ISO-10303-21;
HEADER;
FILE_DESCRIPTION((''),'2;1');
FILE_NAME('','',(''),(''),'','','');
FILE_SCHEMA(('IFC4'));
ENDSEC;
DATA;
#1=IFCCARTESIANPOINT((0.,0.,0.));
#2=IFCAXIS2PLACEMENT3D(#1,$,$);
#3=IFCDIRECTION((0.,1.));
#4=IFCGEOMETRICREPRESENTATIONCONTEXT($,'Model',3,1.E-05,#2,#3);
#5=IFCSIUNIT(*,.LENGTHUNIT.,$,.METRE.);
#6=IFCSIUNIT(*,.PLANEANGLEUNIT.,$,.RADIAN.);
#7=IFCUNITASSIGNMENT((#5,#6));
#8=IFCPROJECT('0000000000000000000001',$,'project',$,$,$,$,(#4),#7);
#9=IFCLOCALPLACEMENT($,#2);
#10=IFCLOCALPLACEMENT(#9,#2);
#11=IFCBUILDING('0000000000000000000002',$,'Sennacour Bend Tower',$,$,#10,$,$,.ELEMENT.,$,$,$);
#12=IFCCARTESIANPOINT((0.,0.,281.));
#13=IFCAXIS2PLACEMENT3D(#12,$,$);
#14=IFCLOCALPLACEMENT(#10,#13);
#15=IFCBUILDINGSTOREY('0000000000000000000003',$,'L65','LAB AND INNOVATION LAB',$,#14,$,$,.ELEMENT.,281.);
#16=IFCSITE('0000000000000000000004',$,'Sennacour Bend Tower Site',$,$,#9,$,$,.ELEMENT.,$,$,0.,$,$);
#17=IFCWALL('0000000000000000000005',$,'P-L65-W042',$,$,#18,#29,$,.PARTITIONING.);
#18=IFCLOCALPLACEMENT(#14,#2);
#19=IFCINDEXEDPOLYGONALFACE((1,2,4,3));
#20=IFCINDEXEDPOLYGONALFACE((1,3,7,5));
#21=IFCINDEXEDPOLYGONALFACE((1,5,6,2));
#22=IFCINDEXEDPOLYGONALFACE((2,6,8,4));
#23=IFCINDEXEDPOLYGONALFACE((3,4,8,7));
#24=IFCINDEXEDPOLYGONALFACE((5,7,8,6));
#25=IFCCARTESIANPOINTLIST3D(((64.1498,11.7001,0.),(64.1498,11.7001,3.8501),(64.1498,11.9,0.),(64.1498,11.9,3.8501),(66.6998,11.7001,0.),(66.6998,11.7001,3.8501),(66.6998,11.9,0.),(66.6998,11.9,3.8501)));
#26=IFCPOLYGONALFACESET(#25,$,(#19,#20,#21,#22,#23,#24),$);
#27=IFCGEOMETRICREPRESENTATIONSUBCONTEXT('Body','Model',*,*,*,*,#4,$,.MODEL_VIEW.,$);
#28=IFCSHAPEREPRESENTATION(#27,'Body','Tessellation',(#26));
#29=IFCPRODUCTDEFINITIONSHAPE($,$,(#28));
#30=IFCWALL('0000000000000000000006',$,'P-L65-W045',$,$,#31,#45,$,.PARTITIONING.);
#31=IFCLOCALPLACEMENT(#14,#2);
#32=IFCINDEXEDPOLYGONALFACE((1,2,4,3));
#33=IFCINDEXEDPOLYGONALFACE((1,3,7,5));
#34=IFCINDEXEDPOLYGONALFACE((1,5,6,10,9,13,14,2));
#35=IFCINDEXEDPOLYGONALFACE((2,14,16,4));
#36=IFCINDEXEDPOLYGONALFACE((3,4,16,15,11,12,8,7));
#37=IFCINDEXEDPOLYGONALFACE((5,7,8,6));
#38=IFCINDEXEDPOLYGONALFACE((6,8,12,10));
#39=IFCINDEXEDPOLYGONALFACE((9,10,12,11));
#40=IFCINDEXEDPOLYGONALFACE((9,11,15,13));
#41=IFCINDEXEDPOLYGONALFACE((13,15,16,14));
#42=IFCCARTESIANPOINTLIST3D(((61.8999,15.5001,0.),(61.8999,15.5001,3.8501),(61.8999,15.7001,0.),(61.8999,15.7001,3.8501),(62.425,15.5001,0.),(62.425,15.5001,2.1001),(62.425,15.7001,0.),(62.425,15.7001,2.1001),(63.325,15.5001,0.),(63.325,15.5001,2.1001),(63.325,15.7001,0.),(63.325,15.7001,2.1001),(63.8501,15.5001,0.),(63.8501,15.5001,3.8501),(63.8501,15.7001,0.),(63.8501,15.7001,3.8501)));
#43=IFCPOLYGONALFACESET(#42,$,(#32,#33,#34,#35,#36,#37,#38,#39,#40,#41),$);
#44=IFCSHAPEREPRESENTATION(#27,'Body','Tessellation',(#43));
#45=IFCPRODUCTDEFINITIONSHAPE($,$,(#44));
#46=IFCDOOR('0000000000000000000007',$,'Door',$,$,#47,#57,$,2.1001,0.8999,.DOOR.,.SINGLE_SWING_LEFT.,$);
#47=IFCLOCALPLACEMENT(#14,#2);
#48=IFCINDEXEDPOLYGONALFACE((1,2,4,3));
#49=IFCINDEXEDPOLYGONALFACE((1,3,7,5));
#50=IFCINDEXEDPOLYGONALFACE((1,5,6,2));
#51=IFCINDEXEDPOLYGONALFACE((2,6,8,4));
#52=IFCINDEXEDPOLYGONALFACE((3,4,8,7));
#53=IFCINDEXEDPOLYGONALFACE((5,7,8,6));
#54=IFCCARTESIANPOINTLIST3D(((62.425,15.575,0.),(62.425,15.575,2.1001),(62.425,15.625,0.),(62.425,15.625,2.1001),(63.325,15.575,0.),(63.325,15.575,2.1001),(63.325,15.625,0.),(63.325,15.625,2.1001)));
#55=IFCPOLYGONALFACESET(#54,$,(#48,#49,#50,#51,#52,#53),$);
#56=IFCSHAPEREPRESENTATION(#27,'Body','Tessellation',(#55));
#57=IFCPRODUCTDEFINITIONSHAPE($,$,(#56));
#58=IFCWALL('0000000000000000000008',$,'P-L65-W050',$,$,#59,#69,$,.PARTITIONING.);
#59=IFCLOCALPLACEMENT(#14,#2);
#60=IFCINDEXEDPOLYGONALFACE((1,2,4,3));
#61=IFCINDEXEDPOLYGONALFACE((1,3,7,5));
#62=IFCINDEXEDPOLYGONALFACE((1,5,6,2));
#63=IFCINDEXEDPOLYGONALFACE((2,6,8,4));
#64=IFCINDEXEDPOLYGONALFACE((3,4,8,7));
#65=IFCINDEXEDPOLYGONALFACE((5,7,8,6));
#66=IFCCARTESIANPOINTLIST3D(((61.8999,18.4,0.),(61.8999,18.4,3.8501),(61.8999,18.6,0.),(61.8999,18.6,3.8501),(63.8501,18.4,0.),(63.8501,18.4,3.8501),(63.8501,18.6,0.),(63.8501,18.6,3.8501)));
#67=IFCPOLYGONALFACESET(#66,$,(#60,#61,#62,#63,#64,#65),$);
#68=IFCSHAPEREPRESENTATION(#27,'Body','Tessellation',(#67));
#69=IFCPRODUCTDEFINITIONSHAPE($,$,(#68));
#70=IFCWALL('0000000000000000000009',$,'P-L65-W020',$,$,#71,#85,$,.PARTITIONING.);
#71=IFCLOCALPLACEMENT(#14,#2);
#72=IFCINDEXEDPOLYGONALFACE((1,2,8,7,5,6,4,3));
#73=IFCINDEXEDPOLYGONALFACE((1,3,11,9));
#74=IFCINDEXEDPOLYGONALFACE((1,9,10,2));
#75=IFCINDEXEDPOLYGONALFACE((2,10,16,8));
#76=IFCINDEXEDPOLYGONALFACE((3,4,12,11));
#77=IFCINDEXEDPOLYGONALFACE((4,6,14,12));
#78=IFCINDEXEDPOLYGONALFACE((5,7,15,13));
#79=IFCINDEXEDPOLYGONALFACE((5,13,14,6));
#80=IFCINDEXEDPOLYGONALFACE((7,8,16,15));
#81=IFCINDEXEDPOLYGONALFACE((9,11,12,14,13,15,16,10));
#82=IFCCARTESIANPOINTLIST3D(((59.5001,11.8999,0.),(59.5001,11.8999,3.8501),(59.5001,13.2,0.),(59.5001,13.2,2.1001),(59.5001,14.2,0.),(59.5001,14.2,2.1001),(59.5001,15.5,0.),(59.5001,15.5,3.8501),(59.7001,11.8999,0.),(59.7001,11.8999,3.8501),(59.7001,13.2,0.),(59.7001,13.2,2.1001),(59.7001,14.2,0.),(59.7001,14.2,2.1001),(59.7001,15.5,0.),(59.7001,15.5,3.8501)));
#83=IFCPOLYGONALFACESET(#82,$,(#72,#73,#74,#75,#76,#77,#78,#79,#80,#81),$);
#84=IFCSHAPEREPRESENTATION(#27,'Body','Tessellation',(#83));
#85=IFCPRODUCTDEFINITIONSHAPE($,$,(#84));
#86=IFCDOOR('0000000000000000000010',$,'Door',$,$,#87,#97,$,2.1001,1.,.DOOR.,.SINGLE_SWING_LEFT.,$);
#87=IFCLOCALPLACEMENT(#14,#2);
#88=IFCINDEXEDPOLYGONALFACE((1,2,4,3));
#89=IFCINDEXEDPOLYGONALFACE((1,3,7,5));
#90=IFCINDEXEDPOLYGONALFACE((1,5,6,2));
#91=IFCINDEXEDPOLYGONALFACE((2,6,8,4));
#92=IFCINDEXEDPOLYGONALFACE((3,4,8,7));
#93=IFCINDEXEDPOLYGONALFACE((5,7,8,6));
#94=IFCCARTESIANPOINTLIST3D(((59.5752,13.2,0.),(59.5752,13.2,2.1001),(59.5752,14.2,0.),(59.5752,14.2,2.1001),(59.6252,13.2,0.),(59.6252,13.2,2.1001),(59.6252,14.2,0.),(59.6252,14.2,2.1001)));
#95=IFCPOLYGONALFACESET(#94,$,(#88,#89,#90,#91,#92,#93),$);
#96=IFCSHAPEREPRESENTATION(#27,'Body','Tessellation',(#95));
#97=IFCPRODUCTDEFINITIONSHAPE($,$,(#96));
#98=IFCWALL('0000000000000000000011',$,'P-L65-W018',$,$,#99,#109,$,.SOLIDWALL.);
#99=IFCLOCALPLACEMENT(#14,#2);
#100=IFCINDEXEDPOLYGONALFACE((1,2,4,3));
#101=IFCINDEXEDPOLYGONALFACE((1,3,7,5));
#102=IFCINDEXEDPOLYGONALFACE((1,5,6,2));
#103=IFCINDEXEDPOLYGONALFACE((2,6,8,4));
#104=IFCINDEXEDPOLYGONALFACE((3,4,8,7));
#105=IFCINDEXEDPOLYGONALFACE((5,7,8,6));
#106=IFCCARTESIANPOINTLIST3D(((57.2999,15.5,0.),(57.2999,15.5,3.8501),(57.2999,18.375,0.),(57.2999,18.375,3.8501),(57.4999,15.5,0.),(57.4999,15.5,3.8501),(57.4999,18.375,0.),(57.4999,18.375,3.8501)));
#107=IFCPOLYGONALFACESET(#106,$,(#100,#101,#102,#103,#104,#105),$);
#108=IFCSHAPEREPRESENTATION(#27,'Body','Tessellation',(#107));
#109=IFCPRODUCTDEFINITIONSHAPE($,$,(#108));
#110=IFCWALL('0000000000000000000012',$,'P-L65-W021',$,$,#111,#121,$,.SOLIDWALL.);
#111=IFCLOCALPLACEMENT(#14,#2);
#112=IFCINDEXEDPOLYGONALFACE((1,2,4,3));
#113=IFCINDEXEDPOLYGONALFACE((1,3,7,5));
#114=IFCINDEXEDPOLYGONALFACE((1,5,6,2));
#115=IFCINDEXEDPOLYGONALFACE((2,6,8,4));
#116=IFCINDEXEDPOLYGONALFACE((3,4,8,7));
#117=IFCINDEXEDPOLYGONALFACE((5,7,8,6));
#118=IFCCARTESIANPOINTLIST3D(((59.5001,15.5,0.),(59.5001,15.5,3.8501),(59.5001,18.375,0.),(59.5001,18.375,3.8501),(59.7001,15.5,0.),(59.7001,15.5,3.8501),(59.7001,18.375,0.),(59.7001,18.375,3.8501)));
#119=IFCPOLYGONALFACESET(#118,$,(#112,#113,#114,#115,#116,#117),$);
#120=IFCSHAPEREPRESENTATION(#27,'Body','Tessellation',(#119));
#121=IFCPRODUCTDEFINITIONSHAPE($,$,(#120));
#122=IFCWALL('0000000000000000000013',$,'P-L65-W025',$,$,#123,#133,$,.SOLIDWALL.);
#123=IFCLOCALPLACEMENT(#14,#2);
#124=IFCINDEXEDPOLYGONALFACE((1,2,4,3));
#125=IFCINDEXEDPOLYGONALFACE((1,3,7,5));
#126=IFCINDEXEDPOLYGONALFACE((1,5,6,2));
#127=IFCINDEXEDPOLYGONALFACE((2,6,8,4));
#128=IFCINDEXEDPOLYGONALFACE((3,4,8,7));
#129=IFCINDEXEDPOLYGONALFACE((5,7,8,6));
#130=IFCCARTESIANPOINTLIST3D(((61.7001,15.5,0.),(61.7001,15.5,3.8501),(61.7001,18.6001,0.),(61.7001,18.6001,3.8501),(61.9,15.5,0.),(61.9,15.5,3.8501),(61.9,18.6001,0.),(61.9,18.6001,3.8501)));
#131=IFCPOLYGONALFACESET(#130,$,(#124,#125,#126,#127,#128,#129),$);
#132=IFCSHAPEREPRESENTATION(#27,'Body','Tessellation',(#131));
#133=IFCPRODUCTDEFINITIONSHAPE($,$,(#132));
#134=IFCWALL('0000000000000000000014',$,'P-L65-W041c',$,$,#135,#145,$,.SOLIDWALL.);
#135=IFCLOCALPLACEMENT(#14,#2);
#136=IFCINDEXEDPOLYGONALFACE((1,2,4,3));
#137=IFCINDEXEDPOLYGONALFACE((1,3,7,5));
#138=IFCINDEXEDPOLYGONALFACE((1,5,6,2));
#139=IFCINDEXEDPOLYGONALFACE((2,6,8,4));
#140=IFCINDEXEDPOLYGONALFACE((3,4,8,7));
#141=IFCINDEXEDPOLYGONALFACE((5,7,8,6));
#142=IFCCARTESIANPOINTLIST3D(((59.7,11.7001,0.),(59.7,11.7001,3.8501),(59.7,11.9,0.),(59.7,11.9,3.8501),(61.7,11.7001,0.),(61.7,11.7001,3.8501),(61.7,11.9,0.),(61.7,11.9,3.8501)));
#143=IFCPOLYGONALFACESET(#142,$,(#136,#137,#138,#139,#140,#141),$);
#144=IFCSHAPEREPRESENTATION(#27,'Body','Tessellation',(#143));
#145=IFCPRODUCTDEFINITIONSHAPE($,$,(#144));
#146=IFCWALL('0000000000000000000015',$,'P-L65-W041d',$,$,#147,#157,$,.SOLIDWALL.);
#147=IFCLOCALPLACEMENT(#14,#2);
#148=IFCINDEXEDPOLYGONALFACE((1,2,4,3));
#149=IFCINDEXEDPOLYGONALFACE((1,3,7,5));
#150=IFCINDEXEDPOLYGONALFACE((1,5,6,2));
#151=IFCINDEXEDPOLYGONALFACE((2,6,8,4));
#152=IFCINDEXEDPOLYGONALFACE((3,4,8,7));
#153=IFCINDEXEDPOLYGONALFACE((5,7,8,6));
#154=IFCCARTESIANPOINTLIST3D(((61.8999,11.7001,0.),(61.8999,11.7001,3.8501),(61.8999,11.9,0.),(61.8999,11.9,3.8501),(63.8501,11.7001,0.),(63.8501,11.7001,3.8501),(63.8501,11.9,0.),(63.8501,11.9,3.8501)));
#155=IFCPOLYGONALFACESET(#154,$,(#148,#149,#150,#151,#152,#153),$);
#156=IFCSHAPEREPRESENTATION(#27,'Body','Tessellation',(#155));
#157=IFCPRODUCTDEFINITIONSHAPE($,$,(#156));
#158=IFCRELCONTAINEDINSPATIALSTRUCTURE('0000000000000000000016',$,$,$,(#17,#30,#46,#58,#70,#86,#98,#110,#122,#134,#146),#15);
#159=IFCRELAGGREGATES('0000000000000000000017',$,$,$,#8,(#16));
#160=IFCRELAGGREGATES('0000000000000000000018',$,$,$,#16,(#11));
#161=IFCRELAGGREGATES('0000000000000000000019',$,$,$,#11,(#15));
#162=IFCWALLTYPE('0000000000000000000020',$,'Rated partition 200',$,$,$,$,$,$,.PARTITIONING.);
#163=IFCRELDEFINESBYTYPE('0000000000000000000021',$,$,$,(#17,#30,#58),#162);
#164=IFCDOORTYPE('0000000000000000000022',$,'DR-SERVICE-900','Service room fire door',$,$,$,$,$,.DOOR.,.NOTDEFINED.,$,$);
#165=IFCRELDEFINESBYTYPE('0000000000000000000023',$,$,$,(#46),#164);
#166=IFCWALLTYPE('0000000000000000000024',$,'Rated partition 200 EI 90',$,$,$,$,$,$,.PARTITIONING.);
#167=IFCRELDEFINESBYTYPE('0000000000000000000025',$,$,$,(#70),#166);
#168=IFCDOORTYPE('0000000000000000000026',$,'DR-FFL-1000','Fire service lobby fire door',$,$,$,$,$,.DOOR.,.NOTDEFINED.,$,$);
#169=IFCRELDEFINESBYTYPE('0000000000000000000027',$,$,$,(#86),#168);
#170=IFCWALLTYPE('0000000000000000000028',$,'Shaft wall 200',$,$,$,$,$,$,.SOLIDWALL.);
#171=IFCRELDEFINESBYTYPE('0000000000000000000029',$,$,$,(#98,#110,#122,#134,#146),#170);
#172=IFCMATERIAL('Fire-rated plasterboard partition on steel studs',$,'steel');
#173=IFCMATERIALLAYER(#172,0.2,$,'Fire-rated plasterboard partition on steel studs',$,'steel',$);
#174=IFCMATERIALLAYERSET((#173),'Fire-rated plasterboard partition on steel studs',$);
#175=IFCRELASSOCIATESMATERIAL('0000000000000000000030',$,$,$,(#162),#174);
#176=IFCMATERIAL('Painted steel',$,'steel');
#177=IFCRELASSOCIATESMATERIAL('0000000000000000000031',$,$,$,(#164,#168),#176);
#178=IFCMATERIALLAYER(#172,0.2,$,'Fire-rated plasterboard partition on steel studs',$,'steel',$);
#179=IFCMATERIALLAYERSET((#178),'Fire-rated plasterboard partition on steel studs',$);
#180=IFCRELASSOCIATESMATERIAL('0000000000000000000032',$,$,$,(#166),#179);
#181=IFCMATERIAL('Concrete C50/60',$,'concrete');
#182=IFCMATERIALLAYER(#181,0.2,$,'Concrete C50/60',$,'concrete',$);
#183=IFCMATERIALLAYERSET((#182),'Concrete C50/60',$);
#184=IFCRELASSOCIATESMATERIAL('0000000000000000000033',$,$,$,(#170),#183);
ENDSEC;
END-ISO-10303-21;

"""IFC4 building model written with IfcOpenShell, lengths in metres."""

from ifc_helpers import new_model, si_unit, direction, frame, frame_2d, origin, place, context, subcontext, project, spatial, rectangle, extrude, material, layer, layer_set, type_object, element, fill, save


model = new_model("IFC4")

# Units and contexts
model_context = context("Model", 3, precision=1e-05, world=origin(), true_north=direction((0.0, 1.0)))
body_context = subcontext(model_context, "Body", "Model", "MODEL_VIEW")
ifc_project = project(units=[si_unit("LENGTHUNIT", "METRE"), si_unit("PLANEANGLEUNIT", "RADIAN")], contexts=[model_context])

# Site, building, storey
site_placement = place(None, origin())
site = spatial("IfcSite", under=ifc_project, at=site_placement, Name="Sennacour Bend Tower Site", CompositionType="ELEMENT", RefElevation=0.0)
building_placement = place(site_placement, origin())
building = spatial("IfcBuilding", under=site, at=building_placement, Name="Sennacour Bend Tower", CompositionType="ELEMENT")
storey_placement = place(building_placement, frame((0.0, 0.0, 281.0)))
storey = spatial("IfcBuildingStorey", under=building, at=storey_placement, Name="L65", Description="LAB AND INNOVATION LAB", CompositionType="ELEMENT", Elevation=281.0)

# Wall
ifc_material_1 = material(Name="Fire-rated plasterboard partition on steel studs", Category="steel")
ifc_layer_1 = layer(ifc_material_1, 0.2, Name="Fire-rated plasterboard partition on steel studs", Category="steel")
ifc_layer_set_1 = layer_set([ifc_layer_1], Name="Fire-rated plasterboard partition on steel studs")
wall_type_1 = type_object("IfcWallType", Name="Rated partition 200", PredefinedType="PARTITIONING", material=ifc_layer_set_1)
wall_1_placement = place(storey_placement, frame((64.1499, 11.8, 0.0), z_axis=(0.0, 0.0, 1.0), x_axis=(1.0, 0.0, 0.0)))
element("IfcWall", 1, at=wall_1_placement, inside=storey, type_object=wall_type_1, Name="P-L65-W042", PredefinedType="PARTITIONING", context=body_context, shape_type="SweptSolid", body=[
    extrude(rectangle(XDim=2.55, YDim=0.2, at=frame_2d((1.2749, 0.0))), origin(), (0.0, 0.0, 1.0), 3.8501),
])

# Wall, opening, door
wall_2_placement = place(storey_placement, frame((61.8999, 15.6001, 0.0), z_axis=(0.0, 0.0, 1.0), x_axis=(1.0, 0.0, 0.0)))
wall_2 = element("IfcWall", 2, at=wall_2_placement, inside=storey, type_object=wall_type_1, Name="P-L65-W045", PredefinedType="PARTITIONING", context=body_context, shape_type="SweptSolid", body=[
    extrude(rectangle(XDim=1.9502, YDim=0.2, at=frame_2d((0.9751, 0.0))), origin(), (0.0, 0.0, 1.0), 3.8501),
])
opening_1_placement = place(wall_2_placement, frame((0.5251, 0.0, 0.0)))
opening_1 = element("IfcOpeningElement", 3, at=opening_1_placement, cuts=wall_2, PredefinedType="OPENING", context=body_context, shape_type="SweptSolid", body=[
    extrude(rectangle(XDim=0.8999, YDim=2.1001, at=frame_2d((0.45, 1.05))), frame((0.0, 0.1099, 0.0), z_axis=(0.0, -1.0, 0.0), x_axis=(1.0, 0.0, 0.0)), (0.0, 0.0, 1.0), 0.22),
])
ifc_material_2 = material(Name="Painted steel", Category="steel")
door_type_1 = type_object("IfcDoorType", Name="DR-SERVICE-900", Description="Service room fire door", OperationType="NOTDEFINED", PredefinedType="DOOR", material=ifc_material_2)
door_1_placement = place(opening_1_placement, origin())
door_1 = element("IfcDoor", 4, at=door_1_placement, inside=storey, type_object=door_type_1, Name="Door", OperationType="SINGLE_SWING_LEFT", OverallHeight=2.1001, OverallWidth=0.8999, PredefinedType="DOOR", context=body_context, shape_type="SweptSolid", body=[
    extrude(rectangle(XDim=0.8999, YDim=2.1001, at=frame_2d((0.45, 1.05))), frame((0.0, 0.0249, 0.0), z_axis=(0.0, -1.0, 0.0), x_axis=(1.0, 0.0, 0.0)), (0.0, 0.0, 1.0), 0.05),
])
fill(opening_1, door_1)

# Wall
wall_3_placement = place(storey_placement, frame((61.8999, 18.5, 0.0), z_axis=(0.0, 0.0, 1.0), x_axis=(1.0, 0.0, 0.0)))
element("IfcWall", 5, at=wall_3_placement, inside=storey, type_object=wall_type_1, Name="P-L65-W050", PredefinedType="PARTITIONING", context=body_context, shape_type="SweptSolid", body=[
    extrude(rectangle(XDim=1.9502, YDim=0.2, at=frame_2d((0.9751, 0.0))), origin(), (0.0, 0.0, 1.0), 3.8501),
])

# Wall, opening, door
ifc_layer_2 = layer(ifc_material_1, 0.2, Name="Fire-rated plasterboard partition on steel studs", Category="steel")
ifc_layer_set_2 = layer_set([ifc_layer_2], Name="Fire-rated plasterboard partition on steel studs")
wall_type_2 = type_object("IfcWallType", Name="Rated partition 200 EI 90", PredefinedType="PARTITIONING", material=ifc_layer_set_2)
wall_4_placement = place(storey_placement, frame((59.6001, 11.8999, 0.0), z_axis=(0.0, 0.0, 1.0), x_axis=(0.0, 1.0, 0.0)))
wall_4 = element("IfcWall", 6, at=wall_4_placement, inside=storey, type_object=wall_type_2, Name="P-L65-W020", PredefinedType="PARTITIONING", context=body_context, shape_type="SweptSolid", body=[
    extrude(rectangle(XDim=3.6001, YDim=0.2, at=frame_2d((1.8, 0.0))), origin(), (0.0, 0.0, 1.0), 3.8501),
])
opening_2_placement = place(wall_4_placement, frame((1.3, 0.0, 0.0)))
opening_2 = element("IfcOpeningElement", 7, at=opening_2_placement, cuts=wall_4, PredefinedType="OPENING", context=body_context, shape_type="SweptSolid", body=[
    extrude(rectangle(XDim=1.0, YDim=2.1001, at=frame_2d((0.5, 1.05))), frame((0.0, 0.1099, 0.0), z_axis=(0.0, -1.0, 0.0), x_axis=(1.0, 0.0, 0.0)), (0.0, 0.0, 1.0), 0.22),
])
door_type_2 = type_object("IfcDoorType", Name="DR-FFL-1000", Description="Fire service lobby fire door", OperationType="NOTDEFINED", PredefinedType="DOOR", material=ifc_material_2)
door_2_placement = place(opening_2_placement, origin())
door_2 = element("IfcDoor", 8, at=door_2_placement, inside=storey, type_object=door_type_2, Name="Door", OperationType="SINGLE_SWING_LEFT", OverallHeight=2.1001, OverallWidth=1.0, PredefinedType="DOOR", context=body_context, shape_type="SweptSolid", body=[
    extrude(rectangle(XDim=1.0, YDim=2.1001, at=frame_2d((0.5, 1.05))), frame((0.0, 0.0249, 0.0), z_axis=(0.0, -1.0, 0.0), x_axis=(1.0, 0.0, 0.0)), (0.0, 0.0, 1.0), 0.05),
])
fill(opening_2, door_2)

# Walls
ifc_material_3 = material(Name="Concrete C50/60", Category="concrete")
ifc_layer_3 = layer(ifc_material_3, 0.2, Name="Concrete C50/60", Category="concrete")
ifc_layer_set_3 = layer_set([ifc_layer_3], Name="Concrete C50/60")
wall_type_3 = type_object("IfcWallType", Name="Shaft wall 200", PredefinedType="SOLIDWALL", material=ifc_layer_set_3)
for number, where, z_axis, x_axis, name in (
    (9, (57.3999, 15.5, 0.0), (0.0, 0.0, 1.0), (0.0, 1.0, 0.0), "P-L65-W018"),
    (10, (59.6001, 15.5, 0.0), (0.0, 0.0, 1.0), (0.0, 1.0, 0.0), "P-L65-W021"),
):
    element("IfcWall", number, at=place(storey_placement, frame(where, z_axis=z_axis, x_axis=x_axis)), inside=storey, type_object=wall_type_3, Name=name, PredefinedType="SOLIDWALL", context=body_context, shape_type="SweptSolid", body=[
        extrude(rectangle(XDim=2.875, YDim=0.2, at=frame_2d((1.4375, 0.0))), origin(), (0.0, 0.0, 1.0), 3.8501),
    ])
wall_5_placement = place(storey_placement, frame((61.8, 15.5, 0.0), z_axis=(0.0, 0.0, 1.0), x_axis=(0.0, 1.0, 0.0)))
element("IfcWall", 11, at=wall_5_placement, inside=storey, type_object=wall_type_3, Name="P-L65-W025", PredefinedType="SOLIDWALL", context=body_context, shape_type="SweptSolid", body=[
    extrude(rectangle(XDim=3.1001, YDim=0.2, at=frame_2d((1.55, 0.0))), origin(), (0.0, 0.0, 1.0), 3.8501),
])
wall_6_placement = place(storey_placement, frame((59.7, 11.8, 0.0), z_axis=(0.0, 0.0, 1.0), x_axis=(1.0, 0.0, 0.0)))
element("IfcWall", 12, at=wall_6_placement, inside=storey, type_object=wall_type_3, Name="P-L65-W041c", PredefinedType="SOLIDWALL", context=body_context, shape_type="SweptSolid", body=[
    extrude(rectangle(XDim=2.0, YDim=0.2, at=frame_2d((1.0, 0.0))), origin(), (0.0, 0.0, 1.0), 3.8501),
])
wall_7_placement = place(storey_placement, frame((61.8999, 11.8, 0.0), z_axis=(0.0, 0.0, 1.0), x_axis=(1.0, 0.0, 0.0)))
element("IfcWall", 13, at=wall_7_placement, inside=storey, type_object=wall_type_3, Name="P-L65-W041d", PredefinedType="SOLIDWALL", context=body_context, shape_type="SweptSolid", body=[
    extrude(rectangle(XDim=1.9502, YDim=0.2, at=frame_2d((0.9751, 0.0))), origin(), (0.0, 0.0, 1.0), 3.8501),
])

save(model, "model.ifc")
